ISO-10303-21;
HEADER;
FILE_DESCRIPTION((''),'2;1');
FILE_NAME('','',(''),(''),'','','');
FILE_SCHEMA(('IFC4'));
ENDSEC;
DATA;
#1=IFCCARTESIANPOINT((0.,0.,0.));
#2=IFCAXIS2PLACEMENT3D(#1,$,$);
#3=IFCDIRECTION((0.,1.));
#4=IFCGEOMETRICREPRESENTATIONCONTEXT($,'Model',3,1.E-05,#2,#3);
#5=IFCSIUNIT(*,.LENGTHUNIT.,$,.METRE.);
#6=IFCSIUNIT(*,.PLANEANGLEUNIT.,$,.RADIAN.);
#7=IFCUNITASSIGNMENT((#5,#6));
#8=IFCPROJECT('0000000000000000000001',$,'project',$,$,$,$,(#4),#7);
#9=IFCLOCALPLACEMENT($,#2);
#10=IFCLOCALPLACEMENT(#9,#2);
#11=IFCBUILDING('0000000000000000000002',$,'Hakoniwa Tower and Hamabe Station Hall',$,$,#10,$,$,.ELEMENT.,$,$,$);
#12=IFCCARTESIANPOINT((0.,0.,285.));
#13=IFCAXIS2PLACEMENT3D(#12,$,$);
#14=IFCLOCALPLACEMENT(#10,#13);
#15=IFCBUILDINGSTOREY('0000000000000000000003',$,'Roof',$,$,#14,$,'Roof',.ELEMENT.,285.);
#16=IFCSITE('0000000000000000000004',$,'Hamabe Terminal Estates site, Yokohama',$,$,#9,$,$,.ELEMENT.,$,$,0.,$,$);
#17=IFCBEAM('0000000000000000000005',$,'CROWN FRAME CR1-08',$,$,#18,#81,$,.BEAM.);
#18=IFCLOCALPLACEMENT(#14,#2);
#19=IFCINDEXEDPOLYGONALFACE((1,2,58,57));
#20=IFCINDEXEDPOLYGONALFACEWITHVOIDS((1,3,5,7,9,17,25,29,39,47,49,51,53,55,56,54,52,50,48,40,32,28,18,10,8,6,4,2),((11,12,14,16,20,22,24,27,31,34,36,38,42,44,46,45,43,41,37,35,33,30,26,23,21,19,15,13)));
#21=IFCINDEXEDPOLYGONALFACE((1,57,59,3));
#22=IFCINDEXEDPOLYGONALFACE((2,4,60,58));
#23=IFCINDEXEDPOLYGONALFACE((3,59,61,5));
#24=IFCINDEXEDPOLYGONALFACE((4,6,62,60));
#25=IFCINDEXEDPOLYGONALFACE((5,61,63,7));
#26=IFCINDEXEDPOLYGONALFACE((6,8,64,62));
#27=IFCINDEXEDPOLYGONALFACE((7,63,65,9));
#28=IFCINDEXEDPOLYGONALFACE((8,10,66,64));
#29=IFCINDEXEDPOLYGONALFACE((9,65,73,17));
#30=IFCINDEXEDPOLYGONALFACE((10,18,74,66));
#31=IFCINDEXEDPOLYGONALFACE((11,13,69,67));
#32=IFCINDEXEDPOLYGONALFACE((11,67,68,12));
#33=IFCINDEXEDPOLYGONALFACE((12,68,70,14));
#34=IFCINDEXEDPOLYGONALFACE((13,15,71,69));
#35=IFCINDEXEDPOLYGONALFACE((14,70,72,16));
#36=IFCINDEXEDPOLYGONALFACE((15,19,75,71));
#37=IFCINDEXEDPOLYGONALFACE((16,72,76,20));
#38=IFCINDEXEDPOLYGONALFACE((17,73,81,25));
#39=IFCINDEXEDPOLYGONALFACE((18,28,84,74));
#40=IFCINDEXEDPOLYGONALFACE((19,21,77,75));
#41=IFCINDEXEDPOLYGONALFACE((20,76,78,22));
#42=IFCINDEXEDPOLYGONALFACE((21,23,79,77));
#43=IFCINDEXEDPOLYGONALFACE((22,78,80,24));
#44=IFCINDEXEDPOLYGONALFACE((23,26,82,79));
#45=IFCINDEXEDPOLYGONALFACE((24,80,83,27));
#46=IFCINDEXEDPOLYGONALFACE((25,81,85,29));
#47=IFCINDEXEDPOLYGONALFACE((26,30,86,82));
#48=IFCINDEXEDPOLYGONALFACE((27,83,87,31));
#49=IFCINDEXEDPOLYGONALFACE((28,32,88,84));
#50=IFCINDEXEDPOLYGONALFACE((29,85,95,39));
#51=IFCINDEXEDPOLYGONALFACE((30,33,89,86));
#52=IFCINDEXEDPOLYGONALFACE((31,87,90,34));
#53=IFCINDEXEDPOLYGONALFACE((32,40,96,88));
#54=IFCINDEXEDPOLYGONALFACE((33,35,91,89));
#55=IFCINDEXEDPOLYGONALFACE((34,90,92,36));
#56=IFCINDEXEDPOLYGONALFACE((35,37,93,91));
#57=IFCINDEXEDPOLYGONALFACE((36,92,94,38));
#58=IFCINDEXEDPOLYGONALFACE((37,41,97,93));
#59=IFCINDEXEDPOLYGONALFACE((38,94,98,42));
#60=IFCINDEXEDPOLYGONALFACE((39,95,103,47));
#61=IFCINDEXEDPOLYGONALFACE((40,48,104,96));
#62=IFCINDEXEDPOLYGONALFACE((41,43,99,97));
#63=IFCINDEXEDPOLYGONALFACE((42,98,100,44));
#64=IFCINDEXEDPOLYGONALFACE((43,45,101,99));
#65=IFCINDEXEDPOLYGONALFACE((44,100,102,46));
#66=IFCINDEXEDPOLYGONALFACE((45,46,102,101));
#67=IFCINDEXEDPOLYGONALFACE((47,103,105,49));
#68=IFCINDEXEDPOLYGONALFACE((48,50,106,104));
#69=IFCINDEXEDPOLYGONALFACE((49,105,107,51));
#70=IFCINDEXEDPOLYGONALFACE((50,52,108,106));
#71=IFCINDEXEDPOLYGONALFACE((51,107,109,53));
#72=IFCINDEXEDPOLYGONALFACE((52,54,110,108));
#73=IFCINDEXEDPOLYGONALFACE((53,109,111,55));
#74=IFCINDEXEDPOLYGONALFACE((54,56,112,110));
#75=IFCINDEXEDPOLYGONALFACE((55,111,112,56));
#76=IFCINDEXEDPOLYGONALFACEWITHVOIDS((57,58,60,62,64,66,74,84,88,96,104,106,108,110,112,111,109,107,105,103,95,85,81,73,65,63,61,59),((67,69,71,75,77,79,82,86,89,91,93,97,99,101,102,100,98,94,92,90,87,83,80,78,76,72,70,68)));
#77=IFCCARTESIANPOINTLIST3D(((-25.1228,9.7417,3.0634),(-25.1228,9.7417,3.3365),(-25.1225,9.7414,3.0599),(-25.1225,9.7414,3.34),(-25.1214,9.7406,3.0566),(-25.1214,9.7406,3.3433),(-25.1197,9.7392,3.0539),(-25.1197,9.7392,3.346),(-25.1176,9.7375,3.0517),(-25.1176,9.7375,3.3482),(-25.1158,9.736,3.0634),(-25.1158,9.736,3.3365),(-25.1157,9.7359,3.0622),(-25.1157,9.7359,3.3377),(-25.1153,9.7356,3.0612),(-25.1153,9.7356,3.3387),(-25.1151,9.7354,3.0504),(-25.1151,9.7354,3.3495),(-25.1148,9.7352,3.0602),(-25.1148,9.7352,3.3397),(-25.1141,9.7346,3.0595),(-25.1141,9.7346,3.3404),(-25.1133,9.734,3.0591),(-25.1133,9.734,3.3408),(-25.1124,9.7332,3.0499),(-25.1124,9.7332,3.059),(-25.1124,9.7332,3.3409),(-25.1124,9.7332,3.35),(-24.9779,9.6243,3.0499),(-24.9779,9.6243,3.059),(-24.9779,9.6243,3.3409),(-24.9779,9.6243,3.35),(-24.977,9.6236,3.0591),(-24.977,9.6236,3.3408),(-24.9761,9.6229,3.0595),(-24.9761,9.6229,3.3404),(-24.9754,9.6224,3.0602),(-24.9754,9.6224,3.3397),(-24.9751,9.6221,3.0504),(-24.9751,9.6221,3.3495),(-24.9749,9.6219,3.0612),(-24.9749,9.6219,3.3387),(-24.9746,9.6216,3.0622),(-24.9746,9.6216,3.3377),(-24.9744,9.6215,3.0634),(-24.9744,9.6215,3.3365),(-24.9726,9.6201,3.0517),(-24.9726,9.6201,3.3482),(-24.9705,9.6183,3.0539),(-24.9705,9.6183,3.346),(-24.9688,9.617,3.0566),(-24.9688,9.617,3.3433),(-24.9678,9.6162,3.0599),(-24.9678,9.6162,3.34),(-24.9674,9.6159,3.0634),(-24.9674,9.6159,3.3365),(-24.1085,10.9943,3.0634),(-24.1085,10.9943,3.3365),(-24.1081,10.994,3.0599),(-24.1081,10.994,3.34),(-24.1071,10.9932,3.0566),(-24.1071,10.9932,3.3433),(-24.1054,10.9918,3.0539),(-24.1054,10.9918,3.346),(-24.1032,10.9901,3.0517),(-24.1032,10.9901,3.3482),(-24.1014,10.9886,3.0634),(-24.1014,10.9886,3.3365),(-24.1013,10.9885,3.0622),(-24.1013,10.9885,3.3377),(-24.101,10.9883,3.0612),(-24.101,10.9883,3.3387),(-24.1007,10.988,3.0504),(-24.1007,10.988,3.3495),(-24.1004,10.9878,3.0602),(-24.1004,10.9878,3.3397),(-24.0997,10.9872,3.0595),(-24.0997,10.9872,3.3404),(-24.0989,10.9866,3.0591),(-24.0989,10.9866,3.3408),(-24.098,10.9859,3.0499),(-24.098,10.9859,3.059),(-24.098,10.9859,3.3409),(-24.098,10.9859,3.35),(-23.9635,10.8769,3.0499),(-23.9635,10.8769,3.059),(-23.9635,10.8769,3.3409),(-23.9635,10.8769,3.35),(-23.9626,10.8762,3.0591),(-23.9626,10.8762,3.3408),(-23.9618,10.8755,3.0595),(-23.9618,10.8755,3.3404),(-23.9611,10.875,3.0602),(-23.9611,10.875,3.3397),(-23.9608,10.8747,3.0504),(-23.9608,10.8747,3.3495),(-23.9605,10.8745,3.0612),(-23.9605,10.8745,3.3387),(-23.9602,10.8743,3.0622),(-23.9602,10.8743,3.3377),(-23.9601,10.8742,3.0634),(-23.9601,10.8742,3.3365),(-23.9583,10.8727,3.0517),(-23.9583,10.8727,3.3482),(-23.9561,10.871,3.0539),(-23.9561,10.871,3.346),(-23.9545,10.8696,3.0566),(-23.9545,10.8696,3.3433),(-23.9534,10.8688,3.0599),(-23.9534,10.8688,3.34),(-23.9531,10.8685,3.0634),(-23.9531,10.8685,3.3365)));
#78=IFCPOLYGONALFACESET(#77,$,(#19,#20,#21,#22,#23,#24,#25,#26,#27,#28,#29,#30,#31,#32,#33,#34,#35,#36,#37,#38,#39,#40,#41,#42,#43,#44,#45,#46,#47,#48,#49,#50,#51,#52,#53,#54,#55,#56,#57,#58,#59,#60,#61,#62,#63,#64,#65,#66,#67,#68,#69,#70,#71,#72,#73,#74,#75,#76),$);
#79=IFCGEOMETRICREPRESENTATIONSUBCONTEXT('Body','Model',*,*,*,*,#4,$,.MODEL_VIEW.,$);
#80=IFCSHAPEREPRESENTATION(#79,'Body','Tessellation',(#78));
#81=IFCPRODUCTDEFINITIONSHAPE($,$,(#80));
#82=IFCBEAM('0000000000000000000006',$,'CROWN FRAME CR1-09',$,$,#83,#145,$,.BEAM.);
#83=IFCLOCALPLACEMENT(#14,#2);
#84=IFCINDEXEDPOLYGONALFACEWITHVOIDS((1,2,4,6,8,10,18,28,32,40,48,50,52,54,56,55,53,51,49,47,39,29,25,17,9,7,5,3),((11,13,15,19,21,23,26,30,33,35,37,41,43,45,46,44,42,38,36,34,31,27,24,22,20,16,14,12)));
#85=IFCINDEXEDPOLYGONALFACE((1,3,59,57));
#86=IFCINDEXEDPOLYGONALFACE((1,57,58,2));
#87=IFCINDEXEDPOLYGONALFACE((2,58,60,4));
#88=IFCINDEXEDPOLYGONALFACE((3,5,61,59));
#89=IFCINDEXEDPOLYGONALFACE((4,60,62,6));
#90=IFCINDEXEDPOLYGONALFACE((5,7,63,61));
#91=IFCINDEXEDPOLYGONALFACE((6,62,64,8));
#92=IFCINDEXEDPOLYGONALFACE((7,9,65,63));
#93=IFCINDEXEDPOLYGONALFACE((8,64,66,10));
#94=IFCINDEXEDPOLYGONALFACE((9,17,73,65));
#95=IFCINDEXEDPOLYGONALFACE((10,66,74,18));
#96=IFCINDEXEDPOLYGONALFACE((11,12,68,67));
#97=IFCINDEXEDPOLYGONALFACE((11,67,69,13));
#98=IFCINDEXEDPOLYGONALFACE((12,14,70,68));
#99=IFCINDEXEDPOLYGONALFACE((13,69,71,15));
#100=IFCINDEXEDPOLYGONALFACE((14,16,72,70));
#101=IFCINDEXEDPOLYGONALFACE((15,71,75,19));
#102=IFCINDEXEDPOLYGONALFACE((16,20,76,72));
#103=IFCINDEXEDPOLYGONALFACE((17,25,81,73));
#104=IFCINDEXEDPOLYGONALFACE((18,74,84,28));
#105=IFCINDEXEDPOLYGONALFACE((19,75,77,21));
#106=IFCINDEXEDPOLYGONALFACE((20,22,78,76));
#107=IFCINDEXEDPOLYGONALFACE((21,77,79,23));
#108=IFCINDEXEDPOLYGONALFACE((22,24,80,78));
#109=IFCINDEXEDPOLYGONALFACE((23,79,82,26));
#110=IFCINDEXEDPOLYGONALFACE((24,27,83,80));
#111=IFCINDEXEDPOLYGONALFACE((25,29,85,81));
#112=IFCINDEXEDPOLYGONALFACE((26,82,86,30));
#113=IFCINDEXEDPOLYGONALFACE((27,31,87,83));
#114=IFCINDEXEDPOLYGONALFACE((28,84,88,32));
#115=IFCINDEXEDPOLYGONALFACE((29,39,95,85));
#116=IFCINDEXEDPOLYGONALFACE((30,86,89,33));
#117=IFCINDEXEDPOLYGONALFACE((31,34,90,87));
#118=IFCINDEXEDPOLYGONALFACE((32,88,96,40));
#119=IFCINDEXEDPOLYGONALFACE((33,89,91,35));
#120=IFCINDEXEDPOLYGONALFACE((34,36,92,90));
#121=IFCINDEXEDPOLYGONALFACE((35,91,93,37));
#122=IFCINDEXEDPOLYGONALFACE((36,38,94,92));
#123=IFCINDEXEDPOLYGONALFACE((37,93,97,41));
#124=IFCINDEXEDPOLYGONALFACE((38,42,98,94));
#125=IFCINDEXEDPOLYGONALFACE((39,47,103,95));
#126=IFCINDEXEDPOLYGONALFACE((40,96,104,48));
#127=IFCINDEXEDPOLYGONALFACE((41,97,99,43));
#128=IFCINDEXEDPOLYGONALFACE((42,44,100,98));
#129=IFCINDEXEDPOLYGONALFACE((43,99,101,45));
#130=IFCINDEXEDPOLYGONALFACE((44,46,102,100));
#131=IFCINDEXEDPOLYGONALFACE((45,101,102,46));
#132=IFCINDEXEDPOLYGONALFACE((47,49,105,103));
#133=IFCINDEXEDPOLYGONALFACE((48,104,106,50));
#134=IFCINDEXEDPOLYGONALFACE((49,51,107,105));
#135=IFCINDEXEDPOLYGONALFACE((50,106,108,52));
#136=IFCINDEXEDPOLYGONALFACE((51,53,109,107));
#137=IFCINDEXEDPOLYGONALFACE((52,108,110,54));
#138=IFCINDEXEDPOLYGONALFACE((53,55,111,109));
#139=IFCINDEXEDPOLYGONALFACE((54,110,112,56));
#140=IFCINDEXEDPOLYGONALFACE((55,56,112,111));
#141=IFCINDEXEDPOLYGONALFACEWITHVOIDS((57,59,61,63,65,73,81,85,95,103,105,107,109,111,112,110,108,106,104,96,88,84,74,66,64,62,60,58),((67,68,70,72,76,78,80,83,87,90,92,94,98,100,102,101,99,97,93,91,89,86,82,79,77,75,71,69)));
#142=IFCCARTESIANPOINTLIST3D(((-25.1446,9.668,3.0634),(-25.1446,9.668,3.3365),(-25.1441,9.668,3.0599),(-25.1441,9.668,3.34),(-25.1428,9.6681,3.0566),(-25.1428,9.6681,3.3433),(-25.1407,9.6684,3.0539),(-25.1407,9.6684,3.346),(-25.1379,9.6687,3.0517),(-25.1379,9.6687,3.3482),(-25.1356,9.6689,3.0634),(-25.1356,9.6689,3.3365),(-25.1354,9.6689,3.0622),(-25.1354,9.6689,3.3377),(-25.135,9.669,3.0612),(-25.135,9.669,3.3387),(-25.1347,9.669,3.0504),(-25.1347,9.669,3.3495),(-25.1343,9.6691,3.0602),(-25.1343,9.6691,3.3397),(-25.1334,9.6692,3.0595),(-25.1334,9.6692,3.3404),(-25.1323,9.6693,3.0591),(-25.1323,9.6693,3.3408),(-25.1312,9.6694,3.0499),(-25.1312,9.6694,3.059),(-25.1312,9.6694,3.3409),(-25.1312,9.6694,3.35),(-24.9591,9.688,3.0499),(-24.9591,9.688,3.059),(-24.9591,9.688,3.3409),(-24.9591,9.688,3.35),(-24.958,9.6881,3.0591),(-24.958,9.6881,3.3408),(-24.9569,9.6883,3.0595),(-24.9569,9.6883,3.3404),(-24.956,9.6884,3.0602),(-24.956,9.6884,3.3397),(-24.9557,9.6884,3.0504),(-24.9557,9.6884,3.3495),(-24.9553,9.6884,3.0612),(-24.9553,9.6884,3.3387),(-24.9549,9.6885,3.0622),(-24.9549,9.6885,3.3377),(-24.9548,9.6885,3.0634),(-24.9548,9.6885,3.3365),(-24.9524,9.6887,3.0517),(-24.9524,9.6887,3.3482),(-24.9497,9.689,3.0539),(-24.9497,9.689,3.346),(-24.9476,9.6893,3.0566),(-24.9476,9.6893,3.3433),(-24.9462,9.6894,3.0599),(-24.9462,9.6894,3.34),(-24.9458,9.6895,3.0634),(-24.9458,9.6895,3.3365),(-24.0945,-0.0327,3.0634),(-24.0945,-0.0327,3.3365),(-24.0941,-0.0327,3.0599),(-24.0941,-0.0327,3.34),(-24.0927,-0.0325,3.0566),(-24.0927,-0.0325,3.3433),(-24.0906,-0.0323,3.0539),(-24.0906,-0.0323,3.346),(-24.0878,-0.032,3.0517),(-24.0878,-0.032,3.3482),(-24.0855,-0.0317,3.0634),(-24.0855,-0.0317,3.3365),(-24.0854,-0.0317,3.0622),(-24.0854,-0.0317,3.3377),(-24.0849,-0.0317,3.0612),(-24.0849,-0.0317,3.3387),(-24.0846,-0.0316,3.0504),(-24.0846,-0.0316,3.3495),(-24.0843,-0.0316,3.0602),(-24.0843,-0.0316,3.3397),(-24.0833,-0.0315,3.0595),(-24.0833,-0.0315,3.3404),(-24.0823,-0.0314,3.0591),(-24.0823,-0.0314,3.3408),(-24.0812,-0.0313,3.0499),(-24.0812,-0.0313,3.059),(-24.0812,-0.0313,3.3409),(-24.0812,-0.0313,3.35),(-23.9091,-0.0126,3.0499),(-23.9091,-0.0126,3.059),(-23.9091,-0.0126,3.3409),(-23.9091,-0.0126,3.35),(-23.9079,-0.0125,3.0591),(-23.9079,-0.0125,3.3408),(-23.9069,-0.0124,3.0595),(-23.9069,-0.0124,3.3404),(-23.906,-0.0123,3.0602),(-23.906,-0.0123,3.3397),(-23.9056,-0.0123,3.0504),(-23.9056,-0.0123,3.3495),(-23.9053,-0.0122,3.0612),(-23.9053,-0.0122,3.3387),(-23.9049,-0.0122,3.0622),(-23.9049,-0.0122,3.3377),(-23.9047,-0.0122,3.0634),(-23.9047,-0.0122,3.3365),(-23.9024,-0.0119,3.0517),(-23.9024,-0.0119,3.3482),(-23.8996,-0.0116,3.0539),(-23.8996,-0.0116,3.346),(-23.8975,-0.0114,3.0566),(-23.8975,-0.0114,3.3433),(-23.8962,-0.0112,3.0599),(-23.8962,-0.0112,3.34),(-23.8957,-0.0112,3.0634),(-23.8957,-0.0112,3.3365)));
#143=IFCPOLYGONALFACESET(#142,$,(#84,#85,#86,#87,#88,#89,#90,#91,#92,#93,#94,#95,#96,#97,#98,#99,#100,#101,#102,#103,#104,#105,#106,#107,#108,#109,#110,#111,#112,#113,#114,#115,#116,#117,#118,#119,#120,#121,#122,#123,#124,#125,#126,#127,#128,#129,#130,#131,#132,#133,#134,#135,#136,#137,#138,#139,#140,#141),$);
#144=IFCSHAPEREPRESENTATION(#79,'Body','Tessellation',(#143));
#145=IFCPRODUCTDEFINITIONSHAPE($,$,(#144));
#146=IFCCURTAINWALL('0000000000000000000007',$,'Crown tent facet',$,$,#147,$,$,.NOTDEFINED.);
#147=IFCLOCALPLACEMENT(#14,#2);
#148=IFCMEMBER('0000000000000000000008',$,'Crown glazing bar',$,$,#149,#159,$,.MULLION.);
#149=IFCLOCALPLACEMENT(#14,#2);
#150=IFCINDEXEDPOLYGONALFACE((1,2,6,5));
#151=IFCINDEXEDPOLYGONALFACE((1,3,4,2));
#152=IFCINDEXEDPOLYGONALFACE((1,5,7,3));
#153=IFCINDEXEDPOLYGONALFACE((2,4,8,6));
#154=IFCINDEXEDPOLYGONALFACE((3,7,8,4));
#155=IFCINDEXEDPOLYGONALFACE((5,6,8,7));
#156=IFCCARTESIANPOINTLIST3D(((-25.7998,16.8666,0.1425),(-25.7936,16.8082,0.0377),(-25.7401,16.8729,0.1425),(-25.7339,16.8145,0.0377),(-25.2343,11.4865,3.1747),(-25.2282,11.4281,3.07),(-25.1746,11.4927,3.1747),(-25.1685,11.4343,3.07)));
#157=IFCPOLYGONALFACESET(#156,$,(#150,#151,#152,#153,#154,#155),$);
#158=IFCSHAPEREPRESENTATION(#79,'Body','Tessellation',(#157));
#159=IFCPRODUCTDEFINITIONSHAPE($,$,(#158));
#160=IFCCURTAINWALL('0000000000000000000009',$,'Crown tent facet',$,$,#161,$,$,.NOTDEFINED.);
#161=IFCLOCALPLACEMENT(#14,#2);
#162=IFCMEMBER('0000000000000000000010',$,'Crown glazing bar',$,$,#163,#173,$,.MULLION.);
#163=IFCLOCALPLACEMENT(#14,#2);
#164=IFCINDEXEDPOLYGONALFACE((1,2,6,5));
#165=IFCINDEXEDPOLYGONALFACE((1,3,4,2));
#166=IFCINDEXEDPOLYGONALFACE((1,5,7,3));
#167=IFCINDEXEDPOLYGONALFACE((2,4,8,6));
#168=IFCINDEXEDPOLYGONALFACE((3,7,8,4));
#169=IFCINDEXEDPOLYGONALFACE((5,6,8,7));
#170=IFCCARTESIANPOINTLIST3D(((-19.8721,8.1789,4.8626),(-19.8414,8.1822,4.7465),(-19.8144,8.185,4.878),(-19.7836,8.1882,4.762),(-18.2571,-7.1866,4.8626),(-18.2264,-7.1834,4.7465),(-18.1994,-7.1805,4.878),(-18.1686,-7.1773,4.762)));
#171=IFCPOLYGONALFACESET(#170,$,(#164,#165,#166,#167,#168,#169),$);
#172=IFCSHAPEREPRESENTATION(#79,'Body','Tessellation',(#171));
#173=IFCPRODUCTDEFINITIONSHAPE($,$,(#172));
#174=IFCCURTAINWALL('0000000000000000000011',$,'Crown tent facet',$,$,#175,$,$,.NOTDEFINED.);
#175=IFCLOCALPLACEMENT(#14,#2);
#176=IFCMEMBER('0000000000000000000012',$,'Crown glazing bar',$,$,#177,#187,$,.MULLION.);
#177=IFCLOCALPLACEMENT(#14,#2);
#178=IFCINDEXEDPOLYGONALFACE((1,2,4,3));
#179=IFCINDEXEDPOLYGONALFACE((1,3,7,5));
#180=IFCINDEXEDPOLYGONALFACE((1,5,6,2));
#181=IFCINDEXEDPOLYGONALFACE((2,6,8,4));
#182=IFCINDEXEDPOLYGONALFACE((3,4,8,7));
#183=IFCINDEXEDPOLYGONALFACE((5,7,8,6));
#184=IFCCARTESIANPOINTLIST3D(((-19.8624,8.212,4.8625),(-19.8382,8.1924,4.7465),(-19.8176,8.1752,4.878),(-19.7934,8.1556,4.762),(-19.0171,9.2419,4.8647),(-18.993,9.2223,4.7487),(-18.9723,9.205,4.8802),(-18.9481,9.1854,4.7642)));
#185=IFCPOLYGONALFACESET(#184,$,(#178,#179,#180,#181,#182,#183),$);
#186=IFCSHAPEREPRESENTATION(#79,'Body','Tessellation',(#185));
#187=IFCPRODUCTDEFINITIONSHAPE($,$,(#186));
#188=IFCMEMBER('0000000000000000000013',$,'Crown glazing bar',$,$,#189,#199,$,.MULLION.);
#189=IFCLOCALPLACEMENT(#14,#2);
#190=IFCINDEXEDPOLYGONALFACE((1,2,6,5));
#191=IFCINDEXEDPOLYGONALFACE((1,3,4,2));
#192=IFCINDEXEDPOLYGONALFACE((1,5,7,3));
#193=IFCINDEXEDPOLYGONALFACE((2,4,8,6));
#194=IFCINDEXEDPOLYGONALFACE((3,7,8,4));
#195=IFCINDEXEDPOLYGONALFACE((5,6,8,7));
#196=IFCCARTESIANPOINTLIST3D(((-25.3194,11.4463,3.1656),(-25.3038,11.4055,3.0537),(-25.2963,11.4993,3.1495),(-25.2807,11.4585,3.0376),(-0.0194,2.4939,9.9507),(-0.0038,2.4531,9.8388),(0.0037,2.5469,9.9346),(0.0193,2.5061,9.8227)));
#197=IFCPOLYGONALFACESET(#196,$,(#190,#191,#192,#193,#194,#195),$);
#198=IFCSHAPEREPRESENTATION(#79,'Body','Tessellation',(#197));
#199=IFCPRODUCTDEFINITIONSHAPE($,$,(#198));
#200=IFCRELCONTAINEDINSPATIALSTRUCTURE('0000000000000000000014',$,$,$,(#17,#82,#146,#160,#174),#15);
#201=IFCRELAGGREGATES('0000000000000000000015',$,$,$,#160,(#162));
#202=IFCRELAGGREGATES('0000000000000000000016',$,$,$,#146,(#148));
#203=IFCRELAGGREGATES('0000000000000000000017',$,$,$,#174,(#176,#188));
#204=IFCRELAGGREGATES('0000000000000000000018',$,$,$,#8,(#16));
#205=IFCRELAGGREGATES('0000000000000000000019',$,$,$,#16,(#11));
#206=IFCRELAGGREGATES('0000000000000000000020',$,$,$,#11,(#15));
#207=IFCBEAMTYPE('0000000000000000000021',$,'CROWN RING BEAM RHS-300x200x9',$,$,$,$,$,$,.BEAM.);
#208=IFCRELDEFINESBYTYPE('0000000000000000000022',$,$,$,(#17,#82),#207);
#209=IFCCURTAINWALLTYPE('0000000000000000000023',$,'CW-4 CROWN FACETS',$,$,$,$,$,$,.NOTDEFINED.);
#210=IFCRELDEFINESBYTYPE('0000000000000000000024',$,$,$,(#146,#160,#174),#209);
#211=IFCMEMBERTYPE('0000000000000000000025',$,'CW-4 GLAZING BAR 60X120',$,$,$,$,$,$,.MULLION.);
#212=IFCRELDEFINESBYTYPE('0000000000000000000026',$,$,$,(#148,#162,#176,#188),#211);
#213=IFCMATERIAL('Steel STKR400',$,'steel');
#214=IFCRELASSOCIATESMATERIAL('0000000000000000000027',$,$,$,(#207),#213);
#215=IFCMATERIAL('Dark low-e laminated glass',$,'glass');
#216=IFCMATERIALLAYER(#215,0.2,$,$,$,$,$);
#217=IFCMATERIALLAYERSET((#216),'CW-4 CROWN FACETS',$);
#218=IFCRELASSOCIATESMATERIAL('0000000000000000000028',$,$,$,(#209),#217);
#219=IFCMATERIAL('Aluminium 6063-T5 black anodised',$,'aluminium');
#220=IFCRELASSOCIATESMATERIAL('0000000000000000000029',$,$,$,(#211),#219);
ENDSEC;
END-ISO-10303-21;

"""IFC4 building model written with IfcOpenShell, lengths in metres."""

from ifc_helpers import new_model, si_unit, direction, frame, origin, origin_2d, place, context, subcontext, project, spatial, rectangle, hollow_rectangle, extrude, material, layer, layer_set, material_profile, profile_set, type_object, element, aggregate, save


model = new_model("IFC4")

# Units and contexts
model_context = context("Model", 3, precision=1e-05, world=origin(), true_north=direction((0.0, 1.0)))
body_context = subcontext(model_context, "Body", "Model", "MODEL_VIEW")
ifc_project = project(units=[si_unit("LENGTHUNIT", "METRE"), si_unit("PLANEANGLEUNIT", "RADIAN")], contexts=[model_context])

# Site, building, storey
site_placement = place(None, origin())
site = spatial("IfcSite", under=ifc_project, at=site_placement, Name="Hamabe Terminal Estates site, Yokohama", CompositionType="ELEMENT", RefElevation=0.0)
building_placement = place(site_placement, origin())
building = spatial("IfcBuilding", under=site, at=building_placement, Name="Hakoniwa Tower and Hamabe Station Hall", CompositionType="ELEMENT")
storey_placement = place(building_placement, frame((0.0, 0.0, 285.0)))
storey = spatial("IfcBuildingStorey", under=building, at=storey_placement, Name="Roof", LongName="Roof", CompositionType="ELEMENT", Elevation=285.0)

# Beams
ifc_material_1 = material(Name="Steel STKR400", Category="steel")
ifc_material_profile_1 = material_profile(ifc_material_1, hollow_rectangle(XDim=0.2, YDim=0.3, WallThickness=0.009, InnerFilletRadius=0.0044, OuterFilletRadius=0.0134, at=origin_2d()), Name="RHS-300x200x9")
ifc_profile_set_1 = profile_set([ifc_material_profile_1], Name="Steel STKR400")
beam_type = type_object("IfcBeamType", Name="CROWN RING BEAM RHS-300x200x9", PredefinedType="BEAM", material=ifc_profile_set_1)
beam_1_placement = place(storey_placement, frame((-24.0308, 10.9314, 3.2), z_axis=(-0.62932, -0.777146, 0.0), x_axis=(0.777146, -0.62932, 0.0)))
element("IfcBeam", 1, at=beam_1_placement, inside=storey, type_object=beam_type, Name="CROWN FRAME CR1-08", PredefinedType="BEAM", context=body_context, shape_type="SweptSolid", body=[
    extrude(hollow_rectangle(XDim=0.2, YDim=0.3, WallThickness=0.009, InnerFilletRadius=0.0044, OuterFilletRadius=0.0134, at=origin_2d()), origin(), (0.0, 0.0, 1.0), 1.6118),
])
beam_2_placement = place(storey_placement, frame((-25.0452, 9.6787, 3.2), z_axis=(0.107616, -0.994193, 0.0), x_axis=(0.994193, 0.107616, 0.0)))
element("IfcBeam", 2, at=beam_2_placement, inside=storey, type_object=beam_type, Name="CROWN FRAME CR1-09", PredefinedType="BEAM", context=body_context, shape_type="SweptSolid", body=[
    extrude(hollow_rectangle(XDim=0.2, YDim=0.3, WallThickness=0.009, InnerFilletRadius=0.0044, OuterFilletRadius=0.0134, at=origin_2d()), origin(), (0.0, 0.0, 1.0), 9.7573),
])

# Curtain walls, members
ifc_material_2 = material(Name="Dark low-e laminated glass", Category="glass")
ifc_layer_1 = layer(ifc_material_2, 0.2)
ifc_layer_set_1 = layer_set([ifc_layer_1], Name="CW-4 CROWN FACETS")
curtain_wall_type = type_object("IfcCurtainWallType", Name="CW-4 CROWN FACETS", PredefinedType="NOTDEFINED", material=ifc_layer_set_1)
curtain_wall_1_placement = place(storey_placement, origin())
curtain_wall_1 = element("IfcCurtainWall", 3, at=curtain_wall_1_placement, inside=storey, type_object=curtain_wall_type, Name="Crown tent facet", PredefinedType="NOTDEFINED")
ifc_material_3 = material(Name="Aluminium 6063-T5 black anodised", Category="aluminium")
ifc_material_profile_2 = material_profile(ifc_material_3, rectangle(XDim=0.0601, YDim=0.1201, at=origin_2d()), Name="CW-4 GLAZING BAR 60X120")
ifc_profile_set_2 = profile_set([ifc_material_profile_2], Name="Aluminium 6063-T5 black anodised")
member_type_1 = type_object("IfcMemberType", Name="CW-4 GLAZING BAR 60X120", PredefinedType="MULLION", material=ifc_profile_set_2)
member_1_placement = place(storey_placement, frame((-25.7668, 16.8406, 0.0901), z_axis=(0.091175, -0.867538, 0.488942), x_axis=(0.994523, 0.10452, 0.0)))
member_1 = element("IfcMember", 4, at=member_1_placement, type_object=member_type_1, Name="Crown glazing bar", PredefinedType="MULLION", context=body_context, shape_type="SweptSolid", body=[
    extrude(rectangle(XDim=0.0601, YDim=0.1201, at=origin_2d()), origin(), (0.0, 0.0, 1.0), 6.2017),
])
curtain_wall_2_placement = place(storey_placement, origin())
curtain_wall_2 = element("IfcCurtainWall", 5, at=curtain_wall_2_placement, inside=storey, type_object=curtain_wall_type, Name="Crown tent facet", PredefinedType="NOTDEFINED")
member_2_placement = place(storey_placement, frame((-19.8279, 8.1836, 4.8123), z_axis=(0.104529, -0.994522, 0.0), x_axis=(0.961009, 0.101007, 0.257408)))
member_2 = element("IfcMember", 6, at=member_2_placement, type_object=member_type_1, Name="Crown glazing bar", PredefinedType="MULLION", context=body_context, shape_type="SweptSolid", body=[
    extrude(rectangle(XDim=0.0601, YDim=0.1201, at=origin_2d()), origin(), (0.0, 0.0, 1.0), 15.4502),
])
aggregate(curtain_wall_2, [member_2])

# Curtain wall, members
curtain_wall_3_placement = place(storey_placement, origin())
curtain_wall_3 = element("IfcCurtainWall", 7, at=curtain_wall_3_placement, inside=storey, type_object=curtain_wall_type, Name="Crown tent facet", PredefinedType="NOTDEFINED")
member_3_placement = place(storey_placement, frame((-19.8279, 8.1838, 4.8123), z_axis=(0.634434, 0.772976, 0.001649), x_axis=(-0.746296, 0.613089, -0.25916)))
member_3 = element("IfcMember", 8, at=member_3_placement, type_object=member_type_1, Name="Crown glazing bar", PredefinedType="MULLION", context=body_context, shape_type="SweptSolid", body=[
    extrude(rectangle(XDim=0.0601, YDim=0.1201, at=origin_2d()), origin(), (0.0, 0.0, 1.0), 1.3323),
])
member_4_placement = place(storey_placement, frame((-25.3, 11.4524, 3.1016), z_axis=(0.913963, -0.323405, 0.245113), x_axis=(0.384516, 0.883235, -0.26841)))
member_4 = element("IfcMember", 9, at=member_4_placement, type_object=member_type_1, Name="Crown glazing bar", PredefinedType="MULLION", context=body_context, shape_type="SweptSolid", body=[
    extrude(rectangle(XDim=0.0601, YDim=0.1201, at=origin_2d()), origin(), (0.0, 0.0, 1.0), 27.6816),
])

aggregate(curtain_wall_1, [member_1])

aggregate(curtain_wall_3, [member_3, member_4])

save(model, "model.ifc")
